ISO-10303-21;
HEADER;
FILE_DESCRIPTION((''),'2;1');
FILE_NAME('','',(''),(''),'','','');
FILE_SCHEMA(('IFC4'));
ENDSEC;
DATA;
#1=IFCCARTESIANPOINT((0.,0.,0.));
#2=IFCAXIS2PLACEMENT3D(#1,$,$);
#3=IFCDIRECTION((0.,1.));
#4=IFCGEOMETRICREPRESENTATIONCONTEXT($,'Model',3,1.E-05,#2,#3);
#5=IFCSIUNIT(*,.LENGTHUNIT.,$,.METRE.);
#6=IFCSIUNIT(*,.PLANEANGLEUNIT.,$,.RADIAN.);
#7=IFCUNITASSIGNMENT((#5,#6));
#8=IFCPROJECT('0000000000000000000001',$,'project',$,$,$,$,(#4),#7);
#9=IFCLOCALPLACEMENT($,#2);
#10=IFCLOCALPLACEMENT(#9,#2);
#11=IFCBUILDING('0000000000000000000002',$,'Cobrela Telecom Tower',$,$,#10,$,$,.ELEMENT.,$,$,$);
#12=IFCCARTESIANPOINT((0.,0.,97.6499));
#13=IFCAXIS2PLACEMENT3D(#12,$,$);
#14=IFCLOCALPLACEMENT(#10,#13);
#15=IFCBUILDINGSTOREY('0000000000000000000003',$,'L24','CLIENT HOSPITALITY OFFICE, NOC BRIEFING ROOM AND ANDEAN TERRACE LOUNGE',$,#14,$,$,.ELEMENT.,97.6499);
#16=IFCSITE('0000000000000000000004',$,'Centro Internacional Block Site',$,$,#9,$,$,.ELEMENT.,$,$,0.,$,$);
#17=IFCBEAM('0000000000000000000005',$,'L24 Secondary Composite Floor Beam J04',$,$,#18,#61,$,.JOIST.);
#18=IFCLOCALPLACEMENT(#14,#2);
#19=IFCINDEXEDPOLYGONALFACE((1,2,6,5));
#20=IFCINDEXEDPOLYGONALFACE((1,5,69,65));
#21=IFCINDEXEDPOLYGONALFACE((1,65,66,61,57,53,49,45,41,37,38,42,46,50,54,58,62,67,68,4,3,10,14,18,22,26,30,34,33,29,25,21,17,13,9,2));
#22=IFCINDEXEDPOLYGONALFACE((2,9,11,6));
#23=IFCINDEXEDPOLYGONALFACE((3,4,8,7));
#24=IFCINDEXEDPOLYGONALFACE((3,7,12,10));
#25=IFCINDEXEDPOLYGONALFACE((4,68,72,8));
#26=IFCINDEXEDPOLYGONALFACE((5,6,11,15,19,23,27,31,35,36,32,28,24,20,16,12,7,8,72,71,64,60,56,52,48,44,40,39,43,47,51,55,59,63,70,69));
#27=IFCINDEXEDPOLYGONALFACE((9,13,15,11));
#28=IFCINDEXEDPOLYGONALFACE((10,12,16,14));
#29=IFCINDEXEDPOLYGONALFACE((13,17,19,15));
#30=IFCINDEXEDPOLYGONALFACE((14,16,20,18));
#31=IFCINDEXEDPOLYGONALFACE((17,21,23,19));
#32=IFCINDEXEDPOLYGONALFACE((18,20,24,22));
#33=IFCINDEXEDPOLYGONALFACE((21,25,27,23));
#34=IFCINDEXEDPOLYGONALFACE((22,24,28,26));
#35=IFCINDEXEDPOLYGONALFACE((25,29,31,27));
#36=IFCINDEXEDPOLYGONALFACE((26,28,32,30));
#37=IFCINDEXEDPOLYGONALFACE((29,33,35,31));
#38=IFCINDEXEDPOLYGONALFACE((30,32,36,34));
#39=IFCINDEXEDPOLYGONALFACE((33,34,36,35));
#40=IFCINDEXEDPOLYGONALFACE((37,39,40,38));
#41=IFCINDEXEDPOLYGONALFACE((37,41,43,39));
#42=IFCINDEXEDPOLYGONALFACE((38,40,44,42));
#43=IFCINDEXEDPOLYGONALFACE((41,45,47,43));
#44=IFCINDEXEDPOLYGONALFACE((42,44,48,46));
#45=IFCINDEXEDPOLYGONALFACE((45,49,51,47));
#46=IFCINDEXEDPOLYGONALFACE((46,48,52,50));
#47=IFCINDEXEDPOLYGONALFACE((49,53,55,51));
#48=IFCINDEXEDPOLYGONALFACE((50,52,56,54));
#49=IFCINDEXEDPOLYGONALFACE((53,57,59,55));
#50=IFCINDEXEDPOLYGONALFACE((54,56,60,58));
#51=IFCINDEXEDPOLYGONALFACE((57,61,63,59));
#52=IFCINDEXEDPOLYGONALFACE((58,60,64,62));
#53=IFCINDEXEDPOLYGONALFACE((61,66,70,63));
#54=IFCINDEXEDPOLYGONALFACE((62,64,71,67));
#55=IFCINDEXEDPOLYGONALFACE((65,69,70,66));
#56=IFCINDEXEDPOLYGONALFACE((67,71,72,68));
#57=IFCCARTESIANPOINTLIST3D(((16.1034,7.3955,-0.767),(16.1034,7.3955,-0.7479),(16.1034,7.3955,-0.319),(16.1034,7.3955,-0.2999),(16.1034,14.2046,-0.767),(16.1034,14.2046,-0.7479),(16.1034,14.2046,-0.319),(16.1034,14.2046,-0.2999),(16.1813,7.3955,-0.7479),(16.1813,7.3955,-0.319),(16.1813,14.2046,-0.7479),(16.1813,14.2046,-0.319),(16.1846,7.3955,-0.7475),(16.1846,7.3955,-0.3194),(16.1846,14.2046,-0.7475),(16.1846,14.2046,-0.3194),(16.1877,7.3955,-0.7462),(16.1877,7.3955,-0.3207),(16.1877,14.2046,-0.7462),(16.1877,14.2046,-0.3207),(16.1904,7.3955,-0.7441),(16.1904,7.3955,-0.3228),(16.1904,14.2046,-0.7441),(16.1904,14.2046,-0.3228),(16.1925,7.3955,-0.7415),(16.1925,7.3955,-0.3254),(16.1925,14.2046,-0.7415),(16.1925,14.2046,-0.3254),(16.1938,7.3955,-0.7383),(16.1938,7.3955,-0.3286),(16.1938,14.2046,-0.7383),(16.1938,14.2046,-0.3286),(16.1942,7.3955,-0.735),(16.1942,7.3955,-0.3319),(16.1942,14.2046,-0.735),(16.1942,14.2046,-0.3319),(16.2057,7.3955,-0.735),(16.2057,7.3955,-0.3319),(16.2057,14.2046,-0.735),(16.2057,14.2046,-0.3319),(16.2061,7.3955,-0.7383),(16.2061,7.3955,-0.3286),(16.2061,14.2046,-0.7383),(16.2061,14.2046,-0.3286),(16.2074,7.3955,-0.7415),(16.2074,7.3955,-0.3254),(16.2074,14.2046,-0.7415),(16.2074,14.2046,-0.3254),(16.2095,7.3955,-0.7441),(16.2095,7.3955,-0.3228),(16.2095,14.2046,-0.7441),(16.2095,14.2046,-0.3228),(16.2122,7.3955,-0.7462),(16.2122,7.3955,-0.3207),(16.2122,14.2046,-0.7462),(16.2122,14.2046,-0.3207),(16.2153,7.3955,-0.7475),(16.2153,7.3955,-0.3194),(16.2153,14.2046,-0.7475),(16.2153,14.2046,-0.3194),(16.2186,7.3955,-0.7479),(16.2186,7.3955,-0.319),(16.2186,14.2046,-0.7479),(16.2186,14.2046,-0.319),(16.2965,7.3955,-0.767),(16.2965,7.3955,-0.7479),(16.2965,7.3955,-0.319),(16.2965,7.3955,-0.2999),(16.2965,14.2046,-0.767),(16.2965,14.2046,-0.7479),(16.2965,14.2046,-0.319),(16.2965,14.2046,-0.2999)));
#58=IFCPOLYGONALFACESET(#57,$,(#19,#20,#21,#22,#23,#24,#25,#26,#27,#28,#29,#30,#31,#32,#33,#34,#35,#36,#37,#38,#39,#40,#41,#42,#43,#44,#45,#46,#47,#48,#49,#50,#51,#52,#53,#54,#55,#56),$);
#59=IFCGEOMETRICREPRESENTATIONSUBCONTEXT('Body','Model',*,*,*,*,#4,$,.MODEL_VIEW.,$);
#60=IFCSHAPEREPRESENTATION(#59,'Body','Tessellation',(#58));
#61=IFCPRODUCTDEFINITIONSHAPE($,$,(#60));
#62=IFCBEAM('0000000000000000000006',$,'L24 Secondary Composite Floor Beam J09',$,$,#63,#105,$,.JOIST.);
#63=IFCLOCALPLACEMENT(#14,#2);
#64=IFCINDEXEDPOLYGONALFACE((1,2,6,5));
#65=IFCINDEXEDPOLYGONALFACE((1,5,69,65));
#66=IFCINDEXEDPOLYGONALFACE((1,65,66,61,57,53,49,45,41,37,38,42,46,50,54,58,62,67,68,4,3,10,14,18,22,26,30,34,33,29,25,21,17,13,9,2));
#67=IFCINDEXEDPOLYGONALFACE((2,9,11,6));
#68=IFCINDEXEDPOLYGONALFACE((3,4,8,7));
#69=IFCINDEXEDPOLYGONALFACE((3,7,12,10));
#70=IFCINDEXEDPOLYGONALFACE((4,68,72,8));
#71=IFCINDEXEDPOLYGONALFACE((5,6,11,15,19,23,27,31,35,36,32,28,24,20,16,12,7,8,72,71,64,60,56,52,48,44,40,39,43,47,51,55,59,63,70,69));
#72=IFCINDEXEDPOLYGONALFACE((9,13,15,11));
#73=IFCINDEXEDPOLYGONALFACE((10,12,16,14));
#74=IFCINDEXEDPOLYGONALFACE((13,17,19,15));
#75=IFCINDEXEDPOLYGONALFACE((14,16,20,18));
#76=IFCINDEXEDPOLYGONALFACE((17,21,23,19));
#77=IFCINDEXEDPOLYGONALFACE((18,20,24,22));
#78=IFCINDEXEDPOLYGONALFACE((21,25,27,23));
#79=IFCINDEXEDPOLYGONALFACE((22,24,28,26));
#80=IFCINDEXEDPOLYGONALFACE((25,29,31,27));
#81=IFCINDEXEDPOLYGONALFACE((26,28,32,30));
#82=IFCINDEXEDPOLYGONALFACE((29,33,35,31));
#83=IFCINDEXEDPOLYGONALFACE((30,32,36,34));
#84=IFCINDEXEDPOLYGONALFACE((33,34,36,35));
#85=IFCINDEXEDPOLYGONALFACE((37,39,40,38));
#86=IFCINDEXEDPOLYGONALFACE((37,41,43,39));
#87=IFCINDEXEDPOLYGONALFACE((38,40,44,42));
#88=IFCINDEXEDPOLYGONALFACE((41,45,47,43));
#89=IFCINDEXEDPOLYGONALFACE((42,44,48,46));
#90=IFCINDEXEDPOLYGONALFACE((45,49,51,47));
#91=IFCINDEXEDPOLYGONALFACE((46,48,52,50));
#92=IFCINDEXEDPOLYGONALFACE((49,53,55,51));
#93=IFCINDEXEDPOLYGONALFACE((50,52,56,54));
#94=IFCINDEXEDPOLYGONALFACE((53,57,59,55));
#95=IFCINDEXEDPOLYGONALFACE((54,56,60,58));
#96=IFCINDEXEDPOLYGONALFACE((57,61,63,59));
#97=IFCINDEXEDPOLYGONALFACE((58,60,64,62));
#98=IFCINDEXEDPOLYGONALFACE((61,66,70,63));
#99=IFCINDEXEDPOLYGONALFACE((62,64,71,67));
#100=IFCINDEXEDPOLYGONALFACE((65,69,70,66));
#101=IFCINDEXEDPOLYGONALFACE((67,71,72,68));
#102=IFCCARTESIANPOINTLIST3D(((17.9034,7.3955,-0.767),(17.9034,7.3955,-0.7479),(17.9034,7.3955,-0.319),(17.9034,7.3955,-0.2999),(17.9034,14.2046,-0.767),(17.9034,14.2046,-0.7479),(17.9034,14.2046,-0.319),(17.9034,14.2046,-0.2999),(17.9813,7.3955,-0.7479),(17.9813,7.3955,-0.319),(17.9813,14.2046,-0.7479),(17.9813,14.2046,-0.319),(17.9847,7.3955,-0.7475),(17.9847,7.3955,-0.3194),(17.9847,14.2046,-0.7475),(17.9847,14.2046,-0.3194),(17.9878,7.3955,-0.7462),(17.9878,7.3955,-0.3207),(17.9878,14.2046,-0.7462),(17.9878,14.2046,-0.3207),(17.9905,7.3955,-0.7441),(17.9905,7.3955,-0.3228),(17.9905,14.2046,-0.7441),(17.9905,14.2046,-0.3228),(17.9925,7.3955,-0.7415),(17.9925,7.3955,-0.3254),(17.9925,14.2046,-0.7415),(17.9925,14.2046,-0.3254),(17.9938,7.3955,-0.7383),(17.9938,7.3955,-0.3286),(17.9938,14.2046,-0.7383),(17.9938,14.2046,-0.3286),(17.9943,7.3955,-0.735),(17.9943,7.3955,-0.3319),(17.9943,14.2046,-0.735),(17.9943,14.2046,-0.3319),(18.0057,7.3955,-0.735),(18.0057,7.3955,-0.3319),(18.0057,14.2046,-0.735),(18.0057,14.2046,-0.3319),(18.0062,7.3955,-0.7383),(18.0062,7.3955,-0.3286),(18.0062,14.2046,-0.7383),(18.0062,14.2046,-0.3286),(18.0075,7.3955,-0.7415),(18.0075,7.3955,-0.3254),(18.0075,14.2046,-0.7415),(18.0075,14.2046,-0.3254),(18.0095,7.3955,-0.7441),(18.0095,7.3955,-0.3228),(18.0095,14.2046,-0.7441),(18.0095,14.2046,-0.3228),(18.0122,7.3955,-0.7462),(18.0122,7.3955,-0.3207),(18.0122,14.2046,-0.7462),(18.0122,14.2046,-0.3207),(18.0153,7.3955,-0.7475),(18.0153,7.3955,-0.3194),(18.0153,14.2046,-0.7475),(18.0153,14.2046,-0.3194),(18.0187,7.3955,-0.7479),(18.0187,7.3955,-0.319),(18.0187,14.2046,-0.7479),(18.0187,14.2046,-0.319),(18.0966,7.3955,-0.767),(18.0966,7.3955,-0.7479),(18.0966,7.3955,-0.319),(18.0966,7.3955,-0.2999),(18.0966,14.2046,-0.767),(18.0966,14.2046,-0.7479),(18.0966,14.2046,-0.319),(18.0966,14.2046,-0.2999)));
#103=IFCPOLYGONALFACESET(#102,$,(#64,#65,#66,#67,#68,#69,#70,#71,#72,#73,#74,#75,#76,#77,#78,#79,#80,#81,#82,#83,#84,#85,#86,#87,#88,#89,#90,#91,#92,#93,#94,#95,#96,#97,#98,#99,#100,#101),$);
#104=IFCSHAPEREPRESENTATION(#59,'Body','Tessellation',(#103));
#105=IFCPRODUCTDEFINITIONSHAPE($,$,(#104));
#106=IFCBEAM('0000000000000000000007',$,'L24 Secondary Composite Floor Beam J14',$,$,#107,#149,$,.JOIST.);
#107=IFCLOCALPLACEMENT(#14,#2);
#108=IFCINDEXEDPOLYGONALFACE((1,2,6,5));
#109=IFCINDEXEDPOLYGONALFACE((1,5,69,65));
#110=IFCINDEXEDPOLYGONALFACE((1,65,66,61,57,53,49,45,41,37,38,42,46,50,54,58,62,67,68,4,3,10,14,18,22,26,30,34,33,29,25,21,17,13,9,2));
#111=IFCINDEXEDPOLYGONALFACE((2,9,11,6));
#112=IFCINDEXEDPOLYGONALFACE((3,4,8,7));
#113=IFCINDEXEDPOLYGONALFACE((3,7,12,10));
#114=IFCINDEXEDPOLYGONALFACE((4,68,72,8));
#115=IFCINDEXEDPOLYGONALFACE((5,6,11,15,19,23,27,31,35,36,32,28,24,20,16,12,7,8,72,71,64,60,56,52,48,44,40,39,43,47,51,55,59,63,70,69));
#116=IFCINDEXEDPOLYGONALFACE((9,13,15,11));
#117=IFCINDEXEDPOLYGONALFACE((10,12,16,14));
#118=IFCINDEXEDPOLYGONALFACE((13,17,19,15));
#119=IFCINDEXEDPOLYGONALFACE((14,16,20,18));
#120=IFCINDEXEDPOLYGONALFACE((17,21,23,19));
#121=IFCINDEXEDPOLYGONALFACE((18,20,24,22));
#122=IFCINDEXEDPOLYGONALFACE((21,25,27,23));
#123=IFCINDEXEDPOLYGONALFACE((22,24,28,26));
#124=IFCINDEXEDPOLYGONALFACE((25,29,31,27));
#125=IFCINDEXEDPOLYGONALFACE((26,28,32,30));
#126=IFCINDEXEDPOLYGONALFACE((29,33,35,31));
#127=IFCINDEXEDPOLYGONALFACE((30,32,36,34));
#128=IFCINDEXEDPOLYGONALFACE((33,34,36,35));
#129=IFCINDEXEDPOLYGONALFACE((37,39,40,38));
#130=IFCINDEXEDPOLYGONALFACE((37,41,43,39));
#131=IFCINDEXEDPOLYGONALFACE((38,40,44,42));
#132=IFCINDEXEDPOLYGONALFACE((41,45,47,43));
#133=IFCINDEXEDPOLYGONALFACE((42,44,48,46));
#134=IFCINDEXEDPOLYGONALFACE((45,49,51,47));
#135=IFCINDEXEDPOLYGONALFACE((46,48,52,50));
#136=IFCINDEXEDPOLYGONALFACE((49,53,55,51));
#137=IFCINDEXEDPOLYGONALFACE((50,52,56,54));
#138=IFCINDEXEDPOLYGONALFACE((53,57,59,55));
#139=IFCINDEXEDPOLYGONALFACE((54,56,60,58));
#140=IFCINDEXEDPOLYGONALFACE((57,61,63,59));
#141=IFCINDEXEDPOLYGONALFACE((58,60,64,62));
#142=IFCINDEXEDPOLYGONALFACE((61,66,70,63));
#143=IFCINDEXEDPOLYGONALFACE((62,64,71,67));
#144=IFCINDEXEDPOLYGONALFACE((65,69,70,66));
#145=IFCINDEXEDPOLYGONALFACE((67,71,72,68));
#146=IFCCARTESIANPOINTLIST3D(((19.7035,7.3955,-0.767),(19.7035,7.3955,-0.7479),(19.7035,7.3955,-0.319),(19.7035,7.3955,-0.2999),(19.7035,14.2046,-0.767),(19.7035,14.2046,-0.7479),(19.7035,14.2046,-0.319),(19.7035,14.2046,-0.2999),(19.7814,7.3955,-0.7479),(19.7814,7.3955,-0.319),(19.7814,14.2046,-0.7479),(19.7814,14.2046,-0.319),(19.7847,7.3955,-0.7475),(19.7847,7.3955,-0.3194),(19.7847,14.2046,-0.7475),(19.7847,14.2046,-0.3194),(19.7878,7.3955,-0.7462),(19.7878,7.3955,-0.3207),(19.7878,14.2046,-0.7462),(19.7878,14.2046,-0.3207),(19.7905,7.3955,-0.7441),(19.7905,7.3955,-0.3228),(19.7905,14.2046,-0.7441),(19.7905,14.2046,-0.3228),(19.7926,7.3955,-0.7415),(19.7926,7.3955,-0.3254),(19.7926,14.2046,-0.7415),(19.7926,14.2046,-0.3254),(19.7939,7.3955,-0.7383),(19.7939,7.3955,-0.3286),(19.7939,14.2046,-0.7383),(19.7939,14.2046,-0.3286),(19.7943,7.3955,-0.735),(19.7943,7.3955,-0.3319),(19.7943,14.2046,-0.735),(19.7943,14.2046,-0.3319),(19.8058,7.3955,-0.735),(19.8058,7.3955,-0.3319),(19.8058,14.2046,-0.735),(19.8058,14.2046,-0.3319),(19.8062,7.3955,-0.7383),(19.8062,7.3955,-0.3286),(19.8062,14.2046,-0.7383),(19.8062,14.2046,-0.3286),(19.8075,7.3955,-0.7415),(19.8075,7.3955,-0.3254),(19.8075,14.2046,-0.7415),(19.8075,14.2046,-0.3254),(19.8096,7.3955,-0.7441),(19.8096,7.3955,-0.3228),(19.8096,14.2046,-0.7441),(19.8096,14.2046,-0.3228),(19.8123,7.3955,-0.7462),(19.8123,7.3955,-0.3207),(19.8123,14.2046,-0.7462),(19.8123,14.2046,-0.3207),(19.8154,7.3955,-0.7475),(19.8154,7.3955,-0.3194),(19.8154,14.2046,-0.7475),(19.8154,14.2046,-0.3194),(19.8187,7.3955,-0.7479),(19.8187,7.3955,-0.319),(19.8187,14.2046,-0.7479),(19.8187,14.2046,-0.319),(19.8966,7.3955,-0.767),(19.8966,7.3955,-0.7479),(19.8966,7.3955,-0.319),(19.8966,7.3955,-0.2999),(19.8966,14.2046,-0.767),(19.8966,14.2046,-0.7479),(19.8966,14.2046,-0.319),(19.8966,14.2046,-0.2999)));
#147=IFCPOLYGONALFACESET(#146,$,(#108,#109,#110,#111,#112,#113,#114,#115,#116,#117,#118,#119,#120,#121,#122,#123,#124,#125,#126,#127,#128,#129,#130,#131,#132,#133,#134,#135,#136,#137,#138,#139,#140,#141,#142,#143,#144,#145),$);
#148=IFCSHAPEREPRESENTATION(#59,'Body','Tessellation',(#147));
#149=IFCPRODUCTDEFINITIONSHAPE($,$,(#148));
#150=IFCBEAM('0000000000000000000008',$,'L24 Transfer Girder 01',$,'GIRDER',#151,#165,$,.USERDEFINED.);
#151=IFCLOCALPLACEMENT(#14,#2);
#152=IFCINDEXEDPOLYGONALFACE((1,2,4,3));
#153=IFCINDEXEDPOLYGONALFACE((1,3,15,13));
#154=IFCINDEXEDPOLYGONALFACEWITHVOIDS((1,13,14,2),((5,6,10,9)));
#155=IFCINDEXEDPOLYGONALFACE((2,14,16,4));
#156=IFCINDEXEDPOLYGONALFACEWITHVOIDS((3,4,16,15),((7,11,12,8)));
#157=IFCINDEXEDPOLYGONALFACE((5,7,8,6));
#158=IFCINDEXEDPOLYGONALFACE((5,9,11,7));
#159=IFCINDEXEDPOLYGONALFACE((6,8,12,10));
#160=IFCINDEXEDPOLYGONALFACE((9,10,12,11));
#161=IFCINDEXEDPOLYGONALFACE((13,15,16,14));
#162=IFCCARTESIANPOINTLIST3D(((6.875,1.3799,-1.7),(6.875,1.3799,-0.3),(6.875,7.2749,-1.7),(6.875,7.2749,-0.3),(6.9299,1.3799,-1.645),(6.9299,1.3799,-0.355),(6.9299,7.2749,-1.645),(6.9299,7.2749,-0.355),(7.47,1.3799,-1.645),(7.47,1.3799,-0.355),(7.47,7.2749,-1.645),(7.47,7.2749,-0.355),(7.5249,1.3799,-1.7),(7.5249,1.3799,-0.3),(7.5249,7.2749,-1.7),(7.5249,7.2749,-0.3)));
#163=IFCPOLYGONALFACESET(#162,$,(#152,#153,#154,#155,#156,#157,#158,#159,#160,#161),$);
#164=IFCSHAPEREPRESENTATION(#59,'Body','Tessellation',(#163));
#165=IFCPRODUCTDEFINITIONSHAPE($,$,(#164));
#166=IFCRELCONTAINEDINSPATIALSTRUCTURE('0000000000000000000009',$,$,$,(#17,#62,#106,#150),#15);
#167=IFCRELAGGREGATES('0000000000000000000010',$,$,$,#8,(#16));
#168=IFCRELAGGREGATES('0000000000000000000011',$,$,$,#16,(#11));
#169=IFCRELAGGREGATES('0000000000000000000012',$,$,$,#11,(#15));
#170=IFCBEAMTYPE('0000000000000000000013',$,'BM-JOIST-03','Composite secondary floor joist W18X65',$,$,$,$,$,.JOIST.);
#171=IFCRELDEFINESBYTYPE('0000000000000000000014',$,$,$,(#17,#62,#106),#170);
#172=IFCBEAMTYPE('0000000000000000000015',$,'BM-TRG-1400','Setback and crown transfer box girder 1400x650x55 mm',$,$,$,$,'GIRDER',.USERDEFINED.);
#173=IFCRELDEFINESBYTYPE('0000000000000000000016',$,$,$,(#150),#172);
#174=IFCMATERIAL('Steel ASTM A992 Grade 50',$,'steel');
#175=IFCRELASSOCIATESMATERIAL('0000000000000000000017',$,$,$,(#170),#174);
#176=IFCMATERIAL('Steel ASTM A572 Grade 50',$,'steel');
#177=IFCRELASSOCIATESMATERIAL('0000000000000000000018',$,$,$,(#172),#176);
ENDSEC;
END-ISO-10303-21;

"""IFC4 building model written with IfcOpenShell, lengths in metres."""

from ifc_helpers import new_model, si_unit, direction, frame, origin, origin_2d, place, context, subcontext, project, spatial, hollow_rectangle, i_section, extrude, material, material_profile, profile_set, type_object, element, save


model = new_model("IFC4")

# Units and contexts
model_context = context("Model", 3, precision=1e-05, world=origin(), true_north=direction((0.0, 1.0)))
body_context = subcontext(model_context, "Body", "Model", "MODEL_VIEW")
ifc_project = project(units=[si_unit("LENGTHUNIT", "METRE"), si_unit("PLANEANGLEUNIT", "RADIAN")], contexts=[model_context])

# Site, building, storey
site_placement = place(None, origin())
site = spatial("IfcSite", under=ifc_project, at=site_placement, Name="Centro Internacional Block Site", CompositionType="ELEMENT", RefElevation=0.0)
building_placement = place(site_placement, origin())
building = spatial("IfcBuilding", under=site, at=building_placement, Name="Cobrela Telecom Tower", CompositionType="ELEMENT")
storey_placement = place(building_placement, frame((0.0, 0.0, 97.6499)))
storey = spatial("IfcBuildingStorey", under=building, at=storey_placement, Name="L24", Description="CLIENT HOSPITALITY OFFICE, NOC BRIEFING ROOM AND ANDEAN TERRACE LOUNGE", CompositionType="ELEMENT", Elevation=97.6499)

# Shared definitions
ifc_material_1 = material(Name="Steel ASTM A572 Grade 50", Category="steel")

# Beams
ifc_material_2 = material(Name="Steel ASTM A992 Grade 50", Category="steel")
ifc_material_profile_1 = material_profile(ifc_material_2, i_section(OverallWidth=0.1931, OverallDepth=0.467, WebThickness=0.0115, FlangeThickness=0.019, FilletRadius=0.0129, at=origin_2d()), Name="W18X65")
ifc_profile_set_1 = profile_set([ifc_material_profile_1], Name="Steel ASTM A992 Grade 50")
beam_type_1 = type_object("IfcBeamType", Name="BM-JOIST-03", Description="Composite secondary floor joist W18X65", PredefinedType="JOIST", material=ifc_profile_set_1)
for number, where, z_axis, x_axis, name in (
    (1, (16.2, 7.3955, -0.5334), (0.0, 1.0, 0.0), (-1.0, 0.0, 0.0), "L24 Secondary Composite Floor Beam J04"),
    (2, (18.0, 7.3955, -0.5334), (0.0, 1.0, 0.0), (-1.0, 0.0, 0.0), "L24 Secondary Composite Floor Beam J09"),
    (3, (19.8, 7.3955, -0.5334), (0.0, 1.0, 0.0), (-1.0, 0.0, 0.0), "L24 Secondary Composite Floor Beam J14"),
):
    element("IfcBeam", number, at=place(storey_placement, frame(where, z_axis=z_axis, x_axis=x_axis)), inside=storey, type_object=beam_type_1, Name=name, PredefinedType="JOIST", context=body_context, shape_type="SweptSolid", body=[
        extrude(i_section(OverallWidth=0.1931, OverallDepth=0.467, WebThickness=0.0115, FlangeThickness=0.019, FilletRadius=0.0129, at=origin_2d()), origin(), (0.0, 0.0, 1.0), 6.8091),
    ])
ifc_material_profile_2 = material_profile(ifc_material_1, hollow_rectangle(XDim=0.6499, YDim=1.3999, WallThickness=0.0549, at=origin_2d()), Name="BOX 1400x650x55")
ifc_profile_set_2 = profile_set([ifc_material_profile_2], Name="Steel ASTM A572 Grade 50")
beam_type_2 = type_object("IfcBeamType", Name="BM-TRG-1400", Description="Setback and crown transfer box girder 1400x650x55 mm", ElementType="GIRDER", PredefinedType="USERDEFINED", material=ifc_profile_set_2)
beam_1_placement = place(storey_placement, frame((7.2, 1.3799, -1.0), z_axis=(0.0, 1.0, 0.0), x_axis=(-1.0, 0.0, 0.0)))
element("IfcBeam", 4, at=beam_1_placement, inside=storey, type_object=beam_type_2, Name="L24 Transfer Girder 01", ObjectType="GIRDER", PredefinedType="USERDEFINED", context=body_context, shape_type="SweptSolid", body=[
    extrude(hollow_rectangle(XDim=0.6499, YDim=1.3999, WallThickness=0.0549, at=origin_2d()), origin(), (0.0, 0.0, 1.0), 5.895),
])

save(model, "model.ifc")
